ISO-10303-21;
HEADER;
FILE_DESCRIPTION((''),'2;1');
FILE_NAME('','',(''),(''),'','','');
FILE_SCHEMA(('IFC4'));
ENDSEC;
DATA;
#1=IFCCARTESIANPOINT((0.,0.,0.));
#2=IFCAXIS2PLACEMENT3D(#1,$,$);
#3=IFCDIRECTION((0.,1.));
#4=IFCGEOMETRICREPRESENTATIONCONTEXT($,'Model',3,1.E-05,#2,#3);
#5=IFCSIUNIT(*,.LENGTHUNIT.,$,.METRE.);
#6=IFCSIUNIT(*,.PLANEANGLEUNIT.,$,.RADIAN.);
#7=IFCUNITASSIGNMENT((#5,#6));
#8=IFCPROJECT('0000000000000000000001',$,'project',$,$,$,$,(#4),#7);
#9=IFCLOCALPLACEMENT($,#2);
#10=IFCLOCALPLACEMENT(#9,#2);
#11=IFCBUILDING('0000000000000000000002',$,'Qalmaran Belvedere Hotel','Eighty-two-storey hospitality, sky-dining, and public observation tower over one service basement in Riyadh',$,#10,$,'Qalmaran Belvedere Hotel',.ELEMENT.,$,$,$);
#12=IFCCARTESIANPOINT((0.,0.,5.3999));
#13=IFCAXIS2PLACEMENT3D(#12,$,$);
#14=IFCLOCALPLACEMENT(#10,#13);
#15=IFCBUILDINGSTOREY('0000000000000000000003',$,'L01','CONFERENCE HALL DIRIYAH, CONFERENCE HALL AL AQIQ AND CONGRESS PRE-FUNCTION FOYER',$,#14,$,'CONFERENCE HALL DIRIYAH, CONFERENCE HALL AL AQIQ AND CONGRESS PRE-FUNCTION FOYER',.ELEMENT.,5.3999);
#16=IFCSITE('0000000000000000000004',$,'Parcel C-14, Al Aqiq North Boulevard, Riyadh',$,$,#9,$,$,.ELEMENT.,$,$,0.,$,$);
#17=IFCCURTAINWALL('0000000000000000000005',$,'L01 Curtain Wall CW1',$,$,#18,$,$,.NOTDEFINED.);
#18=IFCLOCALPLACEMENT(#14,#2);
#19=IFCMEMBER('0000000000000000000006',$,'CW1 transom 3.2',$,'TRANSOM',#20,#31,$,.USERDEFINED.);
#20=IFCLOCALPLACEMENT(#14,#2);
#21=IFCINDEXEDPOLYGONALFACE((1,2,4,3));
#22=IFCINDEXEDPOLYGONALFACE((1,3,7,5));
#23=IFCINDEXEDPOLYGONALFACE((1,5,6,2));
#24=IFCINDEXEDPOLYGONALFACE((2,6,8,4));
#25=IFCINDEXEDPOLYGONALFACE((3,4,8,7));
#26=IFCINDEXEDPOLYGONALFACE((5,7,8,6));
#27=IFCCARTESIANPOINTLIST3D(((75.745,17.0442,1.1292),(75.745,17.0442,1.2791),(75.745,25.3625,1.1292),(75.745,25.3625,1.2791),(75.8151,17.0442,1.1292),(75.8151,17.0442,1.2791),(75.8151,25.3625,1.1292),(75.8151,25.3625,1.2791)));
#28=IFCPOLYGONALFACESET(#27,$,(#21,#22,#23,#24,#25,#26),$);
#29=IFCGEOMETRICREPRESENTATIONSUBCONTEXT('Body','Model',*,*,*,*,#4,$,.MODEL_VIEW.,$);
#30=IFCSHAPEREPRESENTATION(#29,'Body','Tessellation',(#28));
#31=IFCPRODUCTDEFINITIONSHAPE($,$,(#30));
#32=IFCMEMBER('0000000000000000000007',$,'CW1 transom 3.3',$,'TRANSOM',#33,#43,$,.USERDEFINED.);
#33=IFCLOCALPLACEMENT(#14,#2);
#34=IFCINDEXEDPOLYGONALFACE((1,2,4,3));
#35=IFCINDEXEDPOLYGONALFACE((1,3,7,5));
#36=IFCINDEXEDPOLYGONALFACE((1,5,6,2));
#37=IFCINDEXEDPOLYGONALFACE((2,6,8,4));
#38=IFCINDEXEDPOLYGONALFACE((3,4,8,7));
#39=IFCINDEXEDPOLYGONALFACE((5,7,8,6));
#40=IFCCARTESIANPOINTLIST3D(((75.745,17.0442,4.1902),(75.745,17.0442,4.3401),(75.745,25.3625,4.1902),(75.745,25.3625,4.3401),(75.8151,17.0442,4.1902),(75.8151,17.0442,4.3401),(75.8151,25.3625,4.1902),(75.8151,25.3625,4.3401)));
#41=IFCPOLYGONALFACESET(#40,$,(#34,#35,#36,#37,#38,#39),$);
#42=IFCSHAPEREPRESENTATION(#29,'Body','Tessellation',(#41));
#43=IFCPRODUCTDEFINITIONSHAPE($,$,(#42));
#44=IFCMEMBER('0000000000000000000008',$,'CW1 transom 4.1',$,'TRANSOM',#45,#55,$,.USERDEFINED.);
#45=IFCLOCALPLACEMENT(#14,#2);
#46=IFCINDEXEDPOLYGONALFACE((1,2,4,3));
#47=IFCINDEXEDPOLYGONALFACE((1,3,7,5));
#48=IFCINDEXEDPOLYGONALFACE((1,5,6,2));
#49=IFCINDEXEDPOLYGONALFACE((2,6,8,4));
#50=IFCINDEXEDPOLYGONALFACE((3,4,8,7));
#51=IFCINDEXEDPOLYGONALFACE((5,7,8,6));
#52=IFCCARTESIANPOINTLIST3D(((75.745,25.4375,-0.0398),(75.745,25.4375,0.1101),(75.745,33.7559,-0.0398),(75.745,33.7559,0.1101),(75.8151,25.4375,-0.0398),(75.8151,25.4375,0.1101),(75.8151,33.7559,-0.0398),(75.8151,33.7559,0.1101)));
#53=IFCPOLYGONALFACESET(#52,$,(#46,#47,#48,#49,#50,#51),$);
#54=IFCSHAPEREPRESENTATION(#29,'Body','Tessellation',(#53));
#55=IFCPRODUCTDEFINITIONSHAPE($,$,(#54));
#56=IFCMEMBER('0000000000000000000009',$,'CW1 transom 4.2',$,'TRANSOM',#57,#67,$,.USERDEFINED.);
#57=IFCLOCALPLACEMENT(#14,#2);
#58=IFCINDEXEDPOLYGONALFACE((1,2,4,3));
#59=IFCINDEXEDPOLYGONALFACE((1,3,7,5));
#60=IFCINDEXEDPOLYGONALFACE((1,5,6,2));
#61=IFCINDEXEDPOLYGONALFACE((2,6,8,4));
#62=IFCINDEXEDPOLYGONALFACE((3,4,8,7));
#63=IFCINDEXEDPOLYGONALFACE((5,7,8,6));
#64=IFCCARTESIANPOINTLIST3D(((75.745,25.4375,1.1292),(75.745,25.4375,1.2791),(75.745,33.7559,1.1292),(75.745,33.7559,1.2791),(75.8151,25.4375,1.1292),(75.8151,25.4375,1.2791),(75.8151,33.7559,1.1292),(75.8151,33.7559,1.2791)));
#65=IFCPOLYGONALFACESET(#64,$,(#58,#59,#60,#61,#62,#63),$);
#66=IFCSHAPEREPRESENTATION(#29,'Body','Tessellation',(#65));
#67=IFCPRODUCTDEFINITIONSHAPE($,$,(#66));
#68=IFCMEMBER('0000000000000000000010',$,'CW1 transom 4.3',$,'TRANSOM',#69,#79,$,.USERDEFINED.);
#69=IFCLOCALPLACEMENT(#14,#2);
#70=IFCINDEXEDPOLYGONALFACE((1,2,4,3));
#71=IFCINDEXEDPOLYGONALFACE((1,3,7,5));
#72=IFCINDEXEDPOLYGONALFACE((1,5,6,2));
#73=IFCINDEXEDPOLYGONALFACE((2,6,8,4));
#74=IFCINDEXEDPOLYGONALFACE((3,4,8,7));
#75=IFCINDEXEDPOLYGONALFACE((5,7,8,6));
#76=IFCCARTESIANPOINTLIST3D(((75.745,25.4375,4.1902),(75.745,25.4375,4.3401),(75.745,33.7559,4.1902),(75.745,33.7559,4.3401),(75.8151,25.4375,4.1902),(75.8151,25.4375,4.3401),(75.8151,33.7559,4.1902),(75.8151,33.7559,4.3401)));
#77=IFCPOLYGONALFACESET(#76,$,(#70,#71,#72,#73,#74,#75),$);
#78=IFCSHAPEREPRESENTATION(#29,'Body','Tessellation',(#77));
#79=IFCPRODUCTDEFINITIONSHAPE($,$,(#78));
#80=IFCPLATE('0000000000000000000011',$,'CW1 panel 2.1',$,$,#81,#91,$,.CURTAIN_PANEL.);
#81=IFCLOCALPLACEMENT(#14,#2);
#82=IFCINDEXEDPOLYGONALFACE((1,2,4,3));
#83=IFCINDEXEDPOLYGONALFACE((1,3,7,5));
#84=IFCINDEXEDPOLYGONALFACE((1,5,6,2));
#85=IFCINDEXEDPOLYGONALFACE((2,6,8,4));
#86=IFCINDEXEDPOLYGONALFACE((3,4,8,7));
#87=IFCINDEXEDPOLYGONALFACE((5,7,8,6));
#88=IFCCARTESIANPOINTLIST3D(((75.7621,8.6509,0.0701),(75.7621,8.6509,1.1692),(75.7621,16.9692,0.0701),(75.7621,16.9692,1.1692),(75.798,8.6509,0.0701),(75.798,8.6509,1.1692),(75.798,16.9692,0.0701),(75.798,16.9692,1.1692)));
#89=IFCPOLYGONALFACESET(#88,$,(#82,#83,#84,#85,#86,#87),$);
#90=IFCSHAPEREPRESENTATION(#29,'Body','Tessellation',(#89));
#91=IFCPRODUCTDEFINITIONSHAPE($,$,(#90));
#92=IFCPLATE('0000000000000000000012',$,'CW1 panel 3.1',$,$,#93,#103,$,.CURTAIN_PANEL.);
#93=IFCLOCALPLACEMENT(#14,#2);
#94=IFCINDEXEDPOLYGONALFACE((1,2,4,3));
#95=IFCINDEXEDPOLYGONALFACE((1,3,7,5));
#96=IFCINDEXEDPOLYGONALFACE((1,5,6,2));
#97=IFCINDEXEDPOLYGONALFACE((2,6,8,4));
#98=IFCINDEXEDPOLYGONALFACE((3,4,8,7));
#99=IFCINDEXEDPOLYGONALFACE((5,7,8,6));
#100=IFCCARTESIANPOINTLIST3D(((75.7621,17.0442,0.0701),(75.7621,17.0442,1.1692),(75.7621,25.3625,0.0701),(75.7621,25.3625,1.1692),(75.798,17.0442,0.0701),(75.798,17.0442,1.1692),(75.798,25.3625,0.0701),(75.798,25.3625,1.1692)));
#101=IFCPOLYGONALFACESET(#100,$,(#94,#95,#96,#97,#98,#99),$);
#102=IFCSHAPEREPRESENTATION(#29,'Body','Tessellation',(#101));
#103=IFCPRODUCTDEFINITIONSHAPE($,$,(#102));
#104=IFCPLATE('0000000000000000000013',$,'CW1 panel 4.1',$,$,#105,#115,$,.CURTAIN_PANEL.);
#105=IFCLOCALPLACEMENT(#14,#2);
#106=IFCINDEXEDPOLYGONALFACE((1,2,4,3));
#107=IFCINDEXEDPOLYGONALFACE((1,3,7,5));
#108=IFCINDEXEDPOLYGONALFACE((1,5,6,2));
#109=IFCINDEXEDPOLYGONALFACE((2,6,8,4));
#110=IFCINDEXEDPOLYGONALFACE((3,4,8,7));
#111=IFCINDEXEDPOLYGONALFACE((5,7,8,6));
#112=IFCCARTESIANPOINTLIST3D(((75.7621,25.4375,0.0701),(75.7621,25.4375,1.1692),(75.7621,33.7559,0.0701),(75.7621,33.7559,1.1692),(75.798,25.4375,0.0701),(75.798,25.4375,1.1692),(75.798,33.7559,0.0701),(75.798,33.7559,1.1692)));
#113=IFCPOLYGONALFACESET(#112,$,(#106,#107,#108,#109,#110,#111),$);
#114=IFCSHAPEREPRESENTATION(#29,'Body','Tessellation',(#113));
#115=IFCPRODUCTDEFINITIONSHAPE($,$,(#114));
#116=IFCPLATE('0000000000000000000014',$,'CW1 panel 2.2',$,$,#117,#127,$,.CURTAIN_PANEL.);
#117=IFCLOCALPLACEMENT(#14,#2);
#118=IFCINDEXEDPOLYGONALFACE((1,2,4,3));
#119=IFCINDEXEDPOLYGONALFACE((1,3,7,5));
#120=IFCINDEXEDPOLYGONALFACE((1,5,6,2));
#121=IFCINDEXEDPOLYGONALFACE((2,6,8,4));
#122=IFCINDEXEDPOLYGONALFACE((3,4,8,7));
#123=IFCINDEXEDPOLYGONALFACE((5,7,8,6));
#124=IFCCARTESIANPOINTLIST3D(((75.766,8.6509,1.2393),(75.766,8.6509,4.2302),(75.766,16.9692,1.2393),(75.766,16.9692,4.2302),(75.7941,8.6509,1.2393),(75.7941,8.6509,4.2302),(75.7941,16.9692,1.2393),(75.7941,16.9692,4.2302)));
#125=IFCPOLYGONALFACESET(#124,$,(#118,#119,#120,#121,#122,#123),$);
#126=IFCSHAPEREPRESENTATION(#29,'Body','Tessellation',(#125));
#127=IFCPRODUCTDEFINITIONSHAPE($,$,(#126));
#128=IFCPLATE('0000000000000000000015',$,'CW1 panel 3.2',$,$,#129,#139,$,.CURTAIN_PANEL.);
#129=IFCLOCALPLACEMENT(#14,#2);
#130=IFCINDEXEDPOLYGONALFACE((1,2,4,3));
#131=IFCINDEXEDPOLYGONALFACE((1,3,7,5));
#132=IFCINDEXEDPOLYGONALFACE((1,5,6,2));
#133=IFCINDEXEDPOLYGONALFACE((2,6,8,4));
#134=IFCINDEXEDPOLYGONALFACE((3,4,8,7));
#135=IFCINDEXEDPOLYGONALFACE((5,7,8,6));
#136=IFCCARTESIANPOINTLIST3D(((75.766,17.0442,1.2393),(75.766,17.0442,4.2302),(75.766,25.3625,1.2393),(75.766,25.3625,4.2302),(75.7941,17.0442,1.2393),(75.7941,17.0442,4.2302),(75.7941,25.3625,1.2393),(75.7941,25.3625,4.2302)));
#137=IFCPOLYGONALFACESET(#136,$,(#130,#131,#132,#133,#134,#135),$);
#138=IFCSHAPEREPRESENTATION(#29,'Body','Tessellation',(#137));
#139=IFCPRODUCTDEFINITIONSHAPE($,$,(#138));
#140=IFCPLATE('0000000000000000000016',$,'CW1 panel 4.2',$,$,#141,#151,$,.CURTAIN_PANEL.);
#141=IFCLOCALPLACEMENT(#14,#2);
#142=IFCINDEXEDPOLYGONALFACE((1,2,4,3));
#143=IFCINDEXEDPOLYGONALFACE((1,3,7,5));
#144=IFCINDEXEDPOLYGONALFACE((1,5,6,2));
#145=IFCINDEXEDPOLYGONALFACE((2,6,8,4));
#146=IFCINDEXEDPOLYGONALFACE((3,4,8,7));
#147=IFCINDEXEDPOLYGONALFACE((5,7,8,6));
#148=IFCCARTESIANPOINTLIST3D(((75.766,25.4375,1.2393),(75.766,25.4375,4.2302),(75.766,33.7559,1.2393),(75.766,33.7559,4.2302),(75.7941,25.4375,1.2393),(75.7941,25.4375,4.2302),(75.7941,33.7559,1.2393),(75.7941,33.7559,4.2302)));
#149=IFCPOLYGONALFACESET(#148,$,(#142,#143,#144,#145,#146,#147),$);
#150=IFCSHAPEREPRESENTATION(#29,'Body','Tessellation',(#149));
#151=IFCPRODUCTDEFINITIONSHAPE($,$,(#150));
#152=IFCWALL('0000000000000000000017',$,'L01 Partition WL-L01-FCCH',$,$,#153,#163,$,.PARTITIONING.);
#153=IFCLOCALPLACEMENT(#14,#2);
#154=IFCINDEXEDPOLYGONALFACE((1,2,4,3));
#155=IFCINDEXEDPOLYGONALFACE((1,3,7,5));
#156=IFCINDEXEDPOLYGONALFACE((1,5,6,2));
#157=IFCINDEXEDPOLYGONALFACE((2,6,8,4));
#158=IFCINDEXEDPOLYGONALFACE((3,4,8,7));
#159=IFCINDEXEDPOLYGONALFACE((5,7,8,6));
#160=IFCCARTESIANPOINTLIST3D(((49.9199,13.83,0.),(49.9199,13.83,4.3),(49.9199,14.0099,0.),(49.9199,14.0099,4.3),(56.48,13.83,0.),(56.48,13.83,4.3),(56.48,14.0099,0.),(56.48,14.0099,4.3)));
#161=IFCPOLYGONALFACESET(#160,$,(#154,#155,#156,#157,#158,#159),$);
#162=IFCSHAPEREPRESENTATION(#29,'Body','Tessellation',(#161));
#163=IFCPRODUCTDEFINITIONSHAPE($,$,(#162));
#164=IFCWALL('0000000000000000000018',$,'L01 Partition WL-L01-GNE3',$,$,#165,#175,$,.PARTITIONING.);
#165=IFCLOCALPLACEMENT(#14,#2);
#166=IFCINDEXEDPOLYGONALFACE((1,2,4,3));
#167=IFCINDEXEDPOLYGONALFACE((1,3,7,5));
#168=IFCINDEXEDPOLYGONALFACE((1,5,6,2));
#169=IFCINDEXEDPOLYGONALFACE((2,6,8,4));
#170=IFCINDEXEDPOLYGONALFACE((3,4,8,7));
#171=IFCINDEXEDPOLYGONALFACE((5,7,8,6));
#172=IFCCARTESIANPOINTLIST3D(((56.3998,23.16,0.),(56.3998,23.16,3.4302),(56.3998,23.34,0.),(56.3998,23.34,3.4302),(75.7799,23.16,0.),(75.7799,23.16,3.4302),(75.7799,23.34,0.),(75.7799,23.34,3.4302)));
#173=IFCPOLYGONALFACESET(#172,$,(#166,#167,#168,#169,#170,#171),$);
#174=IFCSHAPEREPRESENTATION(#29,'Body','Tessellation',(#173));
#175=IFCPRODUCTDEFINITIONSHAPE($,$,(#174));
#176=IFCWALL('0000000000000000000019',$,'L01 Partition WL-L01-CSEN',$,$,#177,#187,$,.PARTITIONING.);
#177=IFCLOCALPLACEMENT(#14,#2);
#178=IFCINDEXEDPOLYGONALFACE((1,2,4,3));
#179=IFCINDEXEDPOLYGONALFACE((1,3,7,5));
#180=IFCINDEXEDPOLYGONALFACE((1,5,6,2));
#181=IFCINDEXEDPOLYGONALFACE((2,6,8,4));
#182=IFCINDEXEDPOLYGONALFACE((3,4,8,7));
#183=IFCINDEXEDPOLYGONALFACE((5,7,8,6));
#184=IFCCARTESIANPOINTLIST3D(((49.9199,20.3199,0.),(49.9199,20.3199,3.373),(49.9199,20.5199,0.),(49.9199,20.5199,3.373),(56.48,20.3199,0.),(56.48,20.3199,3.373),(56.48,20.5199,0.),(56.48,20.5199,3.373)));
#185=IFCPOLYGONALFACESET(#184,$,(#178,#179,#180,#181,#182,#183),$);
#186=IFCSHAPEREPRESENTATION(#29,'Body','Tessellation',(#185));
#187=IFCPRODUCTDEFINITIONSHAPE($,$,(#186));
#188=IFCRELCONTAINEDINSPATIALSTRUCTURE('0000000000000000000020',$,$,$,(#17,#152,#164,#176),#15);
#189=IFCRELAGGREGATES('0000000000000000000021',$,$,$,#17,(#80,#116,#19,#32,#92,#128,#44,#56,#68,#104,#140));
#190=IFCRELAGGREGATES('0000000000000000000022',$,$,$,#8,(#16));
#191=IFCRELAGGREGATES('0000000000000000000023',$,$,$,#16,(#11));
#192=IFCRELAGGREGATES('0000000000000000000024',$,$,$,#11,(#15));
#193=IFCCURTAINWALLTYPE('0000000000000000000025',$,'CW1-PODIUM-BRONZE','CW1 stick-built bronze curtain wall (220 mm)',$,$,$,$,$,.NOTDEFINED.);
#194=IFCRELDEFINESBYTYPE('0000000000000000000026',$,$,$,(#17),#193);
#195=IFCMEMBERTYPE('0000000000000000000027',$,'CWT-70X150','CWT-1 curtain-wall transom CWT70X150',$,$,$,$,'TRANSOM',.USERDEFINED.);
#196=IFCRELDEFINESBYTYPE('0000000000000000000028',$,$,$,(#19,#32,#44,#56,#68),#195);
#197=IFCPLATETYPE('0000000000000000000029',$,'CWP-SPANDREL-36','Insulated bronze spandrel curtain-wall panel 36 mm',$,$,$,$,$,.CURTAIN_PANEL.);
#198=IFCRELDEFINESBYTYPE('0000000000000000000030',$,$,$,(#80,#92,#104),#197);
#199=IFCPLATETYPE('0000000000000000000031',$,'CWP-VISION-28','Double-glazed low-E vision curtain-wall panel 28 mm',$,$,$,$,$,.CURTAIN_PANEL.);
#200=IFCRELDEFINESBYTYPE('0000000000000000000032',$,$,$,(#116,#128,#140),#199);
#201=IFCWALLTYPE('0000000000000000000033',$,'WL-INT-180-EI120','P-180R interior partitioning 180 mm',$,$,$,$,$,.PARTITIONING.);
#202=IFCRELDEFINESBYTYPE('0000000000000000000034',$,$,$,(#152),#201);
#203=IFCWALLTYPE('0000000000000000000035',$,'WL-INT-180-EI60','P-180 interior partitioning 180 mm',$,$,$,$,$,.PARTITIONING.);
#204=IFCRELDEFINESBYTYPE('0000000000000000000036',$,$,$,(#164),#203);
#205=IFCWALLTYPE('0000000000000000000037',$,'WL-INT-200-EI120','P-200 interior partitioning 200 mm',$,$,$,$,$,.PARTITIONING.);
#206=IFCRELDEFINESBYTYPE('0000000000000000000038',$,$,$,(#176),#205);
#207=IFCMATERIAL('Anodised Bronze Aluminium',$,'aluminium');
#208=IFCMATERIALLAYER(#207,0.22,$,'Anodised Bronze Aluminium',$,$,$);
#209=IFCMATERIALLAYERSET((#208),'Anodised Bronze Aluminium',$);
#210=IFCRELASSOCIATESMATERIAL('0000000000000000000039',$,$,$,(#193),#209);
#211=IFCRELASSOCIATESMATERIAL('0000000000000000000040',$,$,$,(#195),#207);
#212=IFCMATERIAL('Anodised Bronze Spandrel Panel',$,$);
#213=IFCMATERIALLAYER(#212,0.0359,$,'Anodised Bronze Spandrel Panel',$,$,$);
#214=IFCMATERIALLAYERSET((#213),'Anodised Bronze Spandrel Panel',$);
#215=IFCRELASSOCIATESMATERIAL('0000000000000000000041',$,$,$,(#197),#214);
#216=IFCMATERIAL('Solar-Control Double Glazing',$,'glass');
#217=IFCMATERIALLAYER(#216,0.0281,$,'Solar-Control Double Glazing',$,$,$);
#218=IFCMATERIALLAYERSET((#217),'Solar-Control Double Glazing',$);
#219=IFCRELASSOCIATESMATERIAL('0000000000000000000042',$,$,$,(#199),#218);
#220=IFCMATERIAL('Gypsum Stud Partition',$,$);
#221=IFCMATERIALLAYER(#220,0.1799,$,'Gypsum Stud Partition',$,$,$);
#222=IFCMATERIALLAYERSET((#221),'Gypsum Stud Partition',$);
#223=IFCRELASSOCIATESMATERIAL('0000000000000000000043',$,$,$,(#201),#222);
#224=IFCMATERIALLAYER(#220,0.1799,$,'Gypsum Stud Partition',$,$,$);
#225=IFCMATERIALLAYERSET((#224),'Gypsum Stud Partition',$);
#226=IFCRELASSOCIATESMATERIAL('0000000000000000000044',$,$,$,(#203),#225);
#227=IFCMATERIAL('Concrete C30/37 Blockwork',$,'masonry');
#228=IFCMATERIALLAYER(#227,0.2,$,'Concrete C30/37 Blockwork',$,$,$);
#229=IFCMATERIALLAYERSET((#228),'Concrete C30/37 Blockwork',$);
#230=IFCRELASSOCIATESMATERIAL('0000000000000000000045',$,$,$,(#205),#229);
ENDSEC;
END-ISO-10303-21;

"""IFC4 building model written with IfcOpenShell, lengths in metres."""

from ifc_helpers import new_model, si_unit, direction, frame, frame_2d, origin, origin_2d, place, context, subcontext, project, spatial, rectangle, extrude, material, layer, layer_set, material_profile, profile_set, type_object, element, aggregate, save


model = new_model("IFC4")

# Units and contexts
model_context = context("Model", 3, precision=1e-05, world=origin(), true_north=direction((0.0, 1.0)))
body_context = subcontext(model_context, "Body", "Model", "MODEL_VIEW")
ifc_project = project(units=[si_unit("LENGTHUNIT", "METRE"), si_unit("PLANEANGLEUNIT", "RADIAN")], contexts=[model_context])

# Site, building, storey
site_placement = place(None, origin())
site = spatial("IfcSite", under=ifc_project, at=site_placement, Name="Parcel C-14, Al Aqiq North Boulevard, Riyadh", CompositionType="ELEMENT", RefElevation=0.0)
building_placement = place(site_placement, origin())
building = spatial("IfcBuilding", under=site, at=building_placement, Name="Qalmaran Belvedere Hotel", Description="Eighty-two-storey hospitality, sky-dining, and public observation tower over one service basement in Riyadh", LongName="Qalmaran Belvedere Hotel", CompositionType="ELEMENT")
storey_placement = place(building_placement, frame((0.0, 0.0, 5.3999)))
storey = spatial("IfcBuildingStorey", under=building, at=storey_placement, Name="L01", Description="CONFERENCE HALL DIRIYAH, CONFERENCE HALL AL AQIQ AND CONGRESS PRE-FUNCTION FOYER", LongName="CONFERENCE HALL DIRIYAH, CONFERENCE HALL AL AQIQ AND CONGRESS PRE-FUNCTION FOYER", CompositionType="ELEMENT", Elevation=5.3999)

# Curtain wall, members, plates
ifc_material_1 = material(Name="Anodised Bronze Aluminium", Category="aluminium")
ifc_layer_1 = layer(ifc_material_1, 0.22, Name="Anodised Bronze Aluminium")
ifc_layer_set_1 = layer_set([ifc_layer_1], Name="Anodised Bronze Aluminium")
curtain_wall_type = type_object("IfcCurtainWallType", Name="CW1-PODIUM-BRONZE", Description="CW1 stick-built bronze curtain wall (220 mm)", PredefinedType="NOTDEFINED", material=ifc_layer_set_1)
curtain_wall_placement = place(storey_placement, origin())
curtain_wall = element("IfcCurtainWall", 1, at=curtain_wall_placement, inside=storey, type_object=curtain_wall_type, Name="L01 Curtain Wall CW1", PredefinedType="NOTDEFINED")
ifc_material_profile_1 = material_profile(ifc_material_1, rectangle(XDim=0.0701, YDim=0.1499, at=origin_2d()), Name="CWT70X150")
ifc_profile_set_1 = profile_set([ifc_material_profile_1], Name="Anodised Bronze Aluminium")
member_type_1 = type_object("IfcMemberType", Name="CWT-70X150", Description="CWT-1 curtain-wall transom CWT70X150", ElementType="TRANSOM", PredefinedType="USERDEFINED", material=ifc_profile_set_1)
member_1_placement = place(storey_placement, frame((75.78, 17.0442, 1.2041), z_axis=(0.0, 1.0, 0.0), x_axis=(-1.0, 0.0, 0.0)))
member_1 = element("IfcMember", 2, at=member_1_placement, type_object=member_type_1, Name="CW1 transom 3.2", ObjectType="TRANSOM", PredefinedType="USERDEFINED", context=body_context, shape_type="SweptSolid", body=[
    extrude(rectangle(XDim=0.0701, YDim=0.1499, at=origin_2d()), origin(), (0.0, 0.0, 1.0), 8.3184),
])
member_2_placement = place(storey_placement, frame((75.78, 17.0442, 4.2651), z_axis=(0.0, 1.0, 0.0), x_axis=(-1.0, 0.0, 0.0)))
member_2 = element("IfcMember", 3, at=member_2_placement, type_object=member_type_1, Name="CW1 transom 3.3", ObjectType="TRANSOM", PredefinedType="USERDEFINED", context=body_context, shape_type="SweptSolid", body=[
    extrude(rectangle(XDim=0.0701, YDim=0.1499, at=origin_2d()), origin(), (0.0, 0.0, 1.0), 8.3184),
])
member_3_placement = place(storey_placement, frame((75.78, 25.4375, 0.0352), z_axis=(0.0, 1.0, 0.0), x_axis=(-1.0, 0.0, 0.0)))
member_3 = element("IfcMember", 4, at=member_3_placement, type_object=member_type_1, Name="CW1 transom 4.1", ObjectType="TRANSOM", PredefinedType="USERDEFINED", context=body_context, shape_type="SweptSolid", body=[
    extrude(rectangle(XDim=0.0701, YDim=0.1499, at=origin_2d()), origin(), (0.0, 0.0, 1.0), 8.3184),
])
member_4_placement = place(storey_placement, frame((75.78, 25.4375, 1.2041), z_axis=(0.0, 1.0, 0.0), x_axis=(-1.0, 0.0, 0.0)))
member_4 = element("IfcMember", 5, at=member_4_placement, type_object=member_type_1, Name="CW1 transom 4.2", ObjectType="TRANSOM", PredefinedType="USERDEFINED", context=body_context, shape_type="SweptSolid", body=[
    extrude(rectangle(XDim=0.0701, YDim=0.1499, at=origin_2d()), origin(), (0.0, 0.0, 1.0), 8.3184),
])
member_5_placement = place(storey_placement, frame((75.78, 25.4375, 4.2651), z_axis=(0.0, 1.0, 0.0), x_axis=(-1.0, 0.0, 0.0)))
member_5 = element("IfcMember", 6, at=member_5_placement, type_object=member_type_1, Name="CW1 transom 4.3", ObjectType="TRANSOM", PredefinedType="USERDEFINED", context=body_context, shape_type="SweptSolid", body=[
    extrude(rectangle(XDim=0.0701, YDim=0.1499, at=origin_2d()), origin(), (0.0, 0.0, 1.0), 8.3184),
])
ifc_material_2 = material(Name="Anodised Bronze Spandrel Panel")
ifc_layer_2 = layer(ifc_material_2, 0.0359, Name="Anodised Bronze Spandrel Panel")
ifc_layer_set_2 = layer_set([ifc_layer_2], Name="Anodised Bronze Spandrel Panel")
plate_type_1 = type_object("IfcPlateType", Name="CWP-SPANDREL-36", Description="Insulated bronze spandrel curtain-wall panel 36 mm", PredefinedType="CURTAIN_PANEL", material=ifc_layer_set_2)
plate_1_placement = place(storey_placement, frame((75.78, 12.8101, 0.0701), z_axis=(0.0, 0.0, 1.0), x_axis=(0.0, 1.0, 0.0)))
plate_1 = element("IfcPlate", 7, at=plate_1_placement, type_object=plate_type_1, Name="CW1 panel 2.1", PredefinedType="CURTAIN_PANEL", context=body_context, shape_type="SweptSolid", body=[
    extrude(rectangle(XDim=8.3184, YDim=0.0359, at=origin_2d()), origin(), (0.0, 0.0, 1.0), 1.0991),
])
plate_2_placement = place(storey_placement, frame((75.78, 21.2034, 0.0701), z_axis=(0.0, 0.0, 1.0), x_axis=(0.0, 1.0, 0.0)))
plate_2 = element("IfcPlate", 8, at=plate_2_placement, type_object=plate_type_1, Name="CW1 panel 3.1", PredefinedType="CURTAIN_PANEL", context=body_context, shape_type="SweptSolid", body=[
    extrude(rectangle(XDim=8.3184, YDim=0.0359, at=origin_2d()), origin(), (0.0, 0.0, 1.0), 1.0991),
])
plate_3_placement = place(storey_placement, frame((75.78, 29.5967, 0.0701), z_axis=(0.0, 0.0, 1.0), x_axis=(0.0, 1.0, 0.0)))
plate_3 = element("IfcPlate", 9, at=plate_3_placement, type_object=plate_type_1, Name="CW1 panel 4.1", PredefinedType="CURTAIN_PANEL", context=body_context, shape_type="SweptSolid", body=[
    extrude(rectangle(XDim=8.3184, YDim=0.0359, at=origin_2d()), origin(), (0.0, 0.0, 1.0), 1.0991),
])
ifc_material_3 = material(Name="Solar-Control Double Glazing", Category="glass")
ifc_layer_3 = layer(ifc_material_3, 0.0281, Name="Solar-Control Double Glazing")
ifc_layer_set_3 = layer_set([ifc_layer_3], Name="Solar-Control Double Glazing")
plate_type_2 = type_object("IfcPlateType", Name="CWP-VISION-28", Description="Double-glazed low-E vision curtain-wall panel 28 mm", PredefinedType="CURTAIN_PANEL", material=ifc_layer_set_3)
plate_4_placement = place(storey_placement, frame((75.78, 12.8101, 1.2393), z_axis=(0.0, 0.0, 1.0), x_axis=(0.0, 1.0, 0.0)))
plate_4 = element("IfcPlate", 10, at=plate_4_placement, type_object=plate_type_2, Name="CW1 panel 2.2", PredefinedType="CURTAIN_PANEL", context=body_context, shape_type="SweptSolid", body=[
    extrude(rectangle(XDim=8.3184, YDim=0.0281, at=origin_2d()), origin(), (0.0, 0.0, 1.0), 2.991),
])
plate_5_placement = place(storey_placement, frame((75.78, 21.2034, 1.2393), z_axis=(0.0, 0.0, 1.0), x_axis=(0.0, 1.0, 0.0)))
plate_5 = element("IfcPlate", 11, at=plate_5_placement, type_object=plate_type_2, Name="CW1 panel 3.2", PredefinedType="CURTAIN_PANEL", context=body_context, shape_type="SweptSolid", body=[
    extrude(rectangle(XDim=8.3184, YDim=0.0281, at=origin_2d()), origin(), (0.0, 0.0, 1.0), 2.991),
])
plate_6_placement = place(storey_placement, frame((75.78, 29.5967, 1.2393), z_axis=(0.0, 0.0, 1.0), x_axis=(0.0, 1.0, 0.0)))
plate_6 = element("IfcPlate", 12, at=plate_6_placement, type_object=plate_type_2, Name="CW1 panel 4.2", PredefinedType="CURTAIN_PANEL", context=body_context, shape_type="SweptSolid", body=[
    extrude(rectangle(XDim=8.3184, YDim=0.0281, at=origin_2d()), origin(), (0.0, 0.0, 1.0), 2.991),
])
aggregate(curtain_wall, [plate_1, plate_4, member_1, member_2, plate_2, plate_5, member_3, member_4, member_5, plate_3, plate_6])

# Walls
ifc_material_4 = material(Name="Gypsum Stud Partition")
ifc_layer_4 = layer(ifc_material_4, 0.1799, Name="Gypsum Stud Partition")
ifc_layer_set_4 = layer_set([ifc_layer_4], Name="Gypsum Stud Partition")
wall_type_1 = type_object("IfcWallType", Name="WL-INT-180-EI120", Description="P-180R interior partitioning 180 mm", PredefinedType="PARTITIONING", material=ifc_layer_set_4)
wall_1_placement = place(storey_placement, frame((49.9199, 13.9199, 0.0), z_axis=(0.0, 0.0, 1.0), x_axis=(1.0, 0.0, 0.0)))
element("IfcWall", 13, at=wall_1_placement, inside=storey, type_object=wall_type_1, Name="L01 Partition WL-L01-FCCH", PredefinedType="PARTITIONING", context=body_context, shape_type="SweptSolid", body=[
    extrude(rectangle(XDim=6.5601, YDim=0.1799, at=frame_2d((3.28, 0.0))), origin(), (0.0, 0.0, 1.0), 4.3),
])
ifc_layer_5 = layer(ifc_material_4, 0.1799, Name="Gypsum Stud Partition")
ifc_layer_set_5 = layer_set([ifc_layer_5], Name="Gypsum Stud Partition")
wall_type_2 = type_object("IfcWallType", Name="WL-INT-180-EI60", Description="P-180 interior partitioning 180 mm", PredefinedType="PARTITIONING", material=ifc_layer_set_5)
wall_2_placement = place(storey_placement, frame((56.3999, 23.25, 0.0), z_axis=(0.0, 0.0, 1.0), x_axis=(1.0, 0.0, 0.0)))
element("IfcWall", 14, at=wall_2_placement, inside=storey, type_object=wall_type_2, Name="L01 Partition WL-L01-GNE3", PredefinedType="PARTITIONING", context=body_context, shape_type="SweptSolid", body=[
    extrude(rectangle(XDim=19.3801, YDim=0.1799, at=frame_2d((9.6899, 0.0))), origin(), (0.0, 0.0, 1.0), 3.4302),
])

# Shared definitions
ifc_material_5 = material(Name="Concrete C30/37 Blockwork", Category="masonry")
ifc_layer_6 = layer(ifc_material_5, 0.2, Name="Concrete C30/37 Blockwork")
ifc_layer_set_6 = layer_set([ifc_layer_6], Name="Concrete C30/37 Blockwork")
wall_type_3 = type_object("IfcWallType", Name="WL-INT-200-EI120", Description="P-200 interior partitioning 200 mm", PredefinedType="PARTITIONING", material=ifc_layer_set_6)

# Wall
wall_3_placement = place(storey_placement, frame((49.9199, 20.4199, 0.0), z_axis=(0.0, 0.0, 1.0), x_axis=(1.0, 0.0, 0.0)))
element("IfcWall", 15, at=wall_3_placement, inside=storey, type_object=wall_type_3, Name="L01 Partition WL-L01-CSEN", PredefinedType="PARTITIONING", context=body_context, shape_type="SweptSolid", body=[
    extrude(rectangle(XDim=6.5601, YDim=0.2, at=frame_2d((3.28, 0.0))), origin(), (0.0, 0.0, 1.0), 3.373),
])

save(model, "model.ifc")
